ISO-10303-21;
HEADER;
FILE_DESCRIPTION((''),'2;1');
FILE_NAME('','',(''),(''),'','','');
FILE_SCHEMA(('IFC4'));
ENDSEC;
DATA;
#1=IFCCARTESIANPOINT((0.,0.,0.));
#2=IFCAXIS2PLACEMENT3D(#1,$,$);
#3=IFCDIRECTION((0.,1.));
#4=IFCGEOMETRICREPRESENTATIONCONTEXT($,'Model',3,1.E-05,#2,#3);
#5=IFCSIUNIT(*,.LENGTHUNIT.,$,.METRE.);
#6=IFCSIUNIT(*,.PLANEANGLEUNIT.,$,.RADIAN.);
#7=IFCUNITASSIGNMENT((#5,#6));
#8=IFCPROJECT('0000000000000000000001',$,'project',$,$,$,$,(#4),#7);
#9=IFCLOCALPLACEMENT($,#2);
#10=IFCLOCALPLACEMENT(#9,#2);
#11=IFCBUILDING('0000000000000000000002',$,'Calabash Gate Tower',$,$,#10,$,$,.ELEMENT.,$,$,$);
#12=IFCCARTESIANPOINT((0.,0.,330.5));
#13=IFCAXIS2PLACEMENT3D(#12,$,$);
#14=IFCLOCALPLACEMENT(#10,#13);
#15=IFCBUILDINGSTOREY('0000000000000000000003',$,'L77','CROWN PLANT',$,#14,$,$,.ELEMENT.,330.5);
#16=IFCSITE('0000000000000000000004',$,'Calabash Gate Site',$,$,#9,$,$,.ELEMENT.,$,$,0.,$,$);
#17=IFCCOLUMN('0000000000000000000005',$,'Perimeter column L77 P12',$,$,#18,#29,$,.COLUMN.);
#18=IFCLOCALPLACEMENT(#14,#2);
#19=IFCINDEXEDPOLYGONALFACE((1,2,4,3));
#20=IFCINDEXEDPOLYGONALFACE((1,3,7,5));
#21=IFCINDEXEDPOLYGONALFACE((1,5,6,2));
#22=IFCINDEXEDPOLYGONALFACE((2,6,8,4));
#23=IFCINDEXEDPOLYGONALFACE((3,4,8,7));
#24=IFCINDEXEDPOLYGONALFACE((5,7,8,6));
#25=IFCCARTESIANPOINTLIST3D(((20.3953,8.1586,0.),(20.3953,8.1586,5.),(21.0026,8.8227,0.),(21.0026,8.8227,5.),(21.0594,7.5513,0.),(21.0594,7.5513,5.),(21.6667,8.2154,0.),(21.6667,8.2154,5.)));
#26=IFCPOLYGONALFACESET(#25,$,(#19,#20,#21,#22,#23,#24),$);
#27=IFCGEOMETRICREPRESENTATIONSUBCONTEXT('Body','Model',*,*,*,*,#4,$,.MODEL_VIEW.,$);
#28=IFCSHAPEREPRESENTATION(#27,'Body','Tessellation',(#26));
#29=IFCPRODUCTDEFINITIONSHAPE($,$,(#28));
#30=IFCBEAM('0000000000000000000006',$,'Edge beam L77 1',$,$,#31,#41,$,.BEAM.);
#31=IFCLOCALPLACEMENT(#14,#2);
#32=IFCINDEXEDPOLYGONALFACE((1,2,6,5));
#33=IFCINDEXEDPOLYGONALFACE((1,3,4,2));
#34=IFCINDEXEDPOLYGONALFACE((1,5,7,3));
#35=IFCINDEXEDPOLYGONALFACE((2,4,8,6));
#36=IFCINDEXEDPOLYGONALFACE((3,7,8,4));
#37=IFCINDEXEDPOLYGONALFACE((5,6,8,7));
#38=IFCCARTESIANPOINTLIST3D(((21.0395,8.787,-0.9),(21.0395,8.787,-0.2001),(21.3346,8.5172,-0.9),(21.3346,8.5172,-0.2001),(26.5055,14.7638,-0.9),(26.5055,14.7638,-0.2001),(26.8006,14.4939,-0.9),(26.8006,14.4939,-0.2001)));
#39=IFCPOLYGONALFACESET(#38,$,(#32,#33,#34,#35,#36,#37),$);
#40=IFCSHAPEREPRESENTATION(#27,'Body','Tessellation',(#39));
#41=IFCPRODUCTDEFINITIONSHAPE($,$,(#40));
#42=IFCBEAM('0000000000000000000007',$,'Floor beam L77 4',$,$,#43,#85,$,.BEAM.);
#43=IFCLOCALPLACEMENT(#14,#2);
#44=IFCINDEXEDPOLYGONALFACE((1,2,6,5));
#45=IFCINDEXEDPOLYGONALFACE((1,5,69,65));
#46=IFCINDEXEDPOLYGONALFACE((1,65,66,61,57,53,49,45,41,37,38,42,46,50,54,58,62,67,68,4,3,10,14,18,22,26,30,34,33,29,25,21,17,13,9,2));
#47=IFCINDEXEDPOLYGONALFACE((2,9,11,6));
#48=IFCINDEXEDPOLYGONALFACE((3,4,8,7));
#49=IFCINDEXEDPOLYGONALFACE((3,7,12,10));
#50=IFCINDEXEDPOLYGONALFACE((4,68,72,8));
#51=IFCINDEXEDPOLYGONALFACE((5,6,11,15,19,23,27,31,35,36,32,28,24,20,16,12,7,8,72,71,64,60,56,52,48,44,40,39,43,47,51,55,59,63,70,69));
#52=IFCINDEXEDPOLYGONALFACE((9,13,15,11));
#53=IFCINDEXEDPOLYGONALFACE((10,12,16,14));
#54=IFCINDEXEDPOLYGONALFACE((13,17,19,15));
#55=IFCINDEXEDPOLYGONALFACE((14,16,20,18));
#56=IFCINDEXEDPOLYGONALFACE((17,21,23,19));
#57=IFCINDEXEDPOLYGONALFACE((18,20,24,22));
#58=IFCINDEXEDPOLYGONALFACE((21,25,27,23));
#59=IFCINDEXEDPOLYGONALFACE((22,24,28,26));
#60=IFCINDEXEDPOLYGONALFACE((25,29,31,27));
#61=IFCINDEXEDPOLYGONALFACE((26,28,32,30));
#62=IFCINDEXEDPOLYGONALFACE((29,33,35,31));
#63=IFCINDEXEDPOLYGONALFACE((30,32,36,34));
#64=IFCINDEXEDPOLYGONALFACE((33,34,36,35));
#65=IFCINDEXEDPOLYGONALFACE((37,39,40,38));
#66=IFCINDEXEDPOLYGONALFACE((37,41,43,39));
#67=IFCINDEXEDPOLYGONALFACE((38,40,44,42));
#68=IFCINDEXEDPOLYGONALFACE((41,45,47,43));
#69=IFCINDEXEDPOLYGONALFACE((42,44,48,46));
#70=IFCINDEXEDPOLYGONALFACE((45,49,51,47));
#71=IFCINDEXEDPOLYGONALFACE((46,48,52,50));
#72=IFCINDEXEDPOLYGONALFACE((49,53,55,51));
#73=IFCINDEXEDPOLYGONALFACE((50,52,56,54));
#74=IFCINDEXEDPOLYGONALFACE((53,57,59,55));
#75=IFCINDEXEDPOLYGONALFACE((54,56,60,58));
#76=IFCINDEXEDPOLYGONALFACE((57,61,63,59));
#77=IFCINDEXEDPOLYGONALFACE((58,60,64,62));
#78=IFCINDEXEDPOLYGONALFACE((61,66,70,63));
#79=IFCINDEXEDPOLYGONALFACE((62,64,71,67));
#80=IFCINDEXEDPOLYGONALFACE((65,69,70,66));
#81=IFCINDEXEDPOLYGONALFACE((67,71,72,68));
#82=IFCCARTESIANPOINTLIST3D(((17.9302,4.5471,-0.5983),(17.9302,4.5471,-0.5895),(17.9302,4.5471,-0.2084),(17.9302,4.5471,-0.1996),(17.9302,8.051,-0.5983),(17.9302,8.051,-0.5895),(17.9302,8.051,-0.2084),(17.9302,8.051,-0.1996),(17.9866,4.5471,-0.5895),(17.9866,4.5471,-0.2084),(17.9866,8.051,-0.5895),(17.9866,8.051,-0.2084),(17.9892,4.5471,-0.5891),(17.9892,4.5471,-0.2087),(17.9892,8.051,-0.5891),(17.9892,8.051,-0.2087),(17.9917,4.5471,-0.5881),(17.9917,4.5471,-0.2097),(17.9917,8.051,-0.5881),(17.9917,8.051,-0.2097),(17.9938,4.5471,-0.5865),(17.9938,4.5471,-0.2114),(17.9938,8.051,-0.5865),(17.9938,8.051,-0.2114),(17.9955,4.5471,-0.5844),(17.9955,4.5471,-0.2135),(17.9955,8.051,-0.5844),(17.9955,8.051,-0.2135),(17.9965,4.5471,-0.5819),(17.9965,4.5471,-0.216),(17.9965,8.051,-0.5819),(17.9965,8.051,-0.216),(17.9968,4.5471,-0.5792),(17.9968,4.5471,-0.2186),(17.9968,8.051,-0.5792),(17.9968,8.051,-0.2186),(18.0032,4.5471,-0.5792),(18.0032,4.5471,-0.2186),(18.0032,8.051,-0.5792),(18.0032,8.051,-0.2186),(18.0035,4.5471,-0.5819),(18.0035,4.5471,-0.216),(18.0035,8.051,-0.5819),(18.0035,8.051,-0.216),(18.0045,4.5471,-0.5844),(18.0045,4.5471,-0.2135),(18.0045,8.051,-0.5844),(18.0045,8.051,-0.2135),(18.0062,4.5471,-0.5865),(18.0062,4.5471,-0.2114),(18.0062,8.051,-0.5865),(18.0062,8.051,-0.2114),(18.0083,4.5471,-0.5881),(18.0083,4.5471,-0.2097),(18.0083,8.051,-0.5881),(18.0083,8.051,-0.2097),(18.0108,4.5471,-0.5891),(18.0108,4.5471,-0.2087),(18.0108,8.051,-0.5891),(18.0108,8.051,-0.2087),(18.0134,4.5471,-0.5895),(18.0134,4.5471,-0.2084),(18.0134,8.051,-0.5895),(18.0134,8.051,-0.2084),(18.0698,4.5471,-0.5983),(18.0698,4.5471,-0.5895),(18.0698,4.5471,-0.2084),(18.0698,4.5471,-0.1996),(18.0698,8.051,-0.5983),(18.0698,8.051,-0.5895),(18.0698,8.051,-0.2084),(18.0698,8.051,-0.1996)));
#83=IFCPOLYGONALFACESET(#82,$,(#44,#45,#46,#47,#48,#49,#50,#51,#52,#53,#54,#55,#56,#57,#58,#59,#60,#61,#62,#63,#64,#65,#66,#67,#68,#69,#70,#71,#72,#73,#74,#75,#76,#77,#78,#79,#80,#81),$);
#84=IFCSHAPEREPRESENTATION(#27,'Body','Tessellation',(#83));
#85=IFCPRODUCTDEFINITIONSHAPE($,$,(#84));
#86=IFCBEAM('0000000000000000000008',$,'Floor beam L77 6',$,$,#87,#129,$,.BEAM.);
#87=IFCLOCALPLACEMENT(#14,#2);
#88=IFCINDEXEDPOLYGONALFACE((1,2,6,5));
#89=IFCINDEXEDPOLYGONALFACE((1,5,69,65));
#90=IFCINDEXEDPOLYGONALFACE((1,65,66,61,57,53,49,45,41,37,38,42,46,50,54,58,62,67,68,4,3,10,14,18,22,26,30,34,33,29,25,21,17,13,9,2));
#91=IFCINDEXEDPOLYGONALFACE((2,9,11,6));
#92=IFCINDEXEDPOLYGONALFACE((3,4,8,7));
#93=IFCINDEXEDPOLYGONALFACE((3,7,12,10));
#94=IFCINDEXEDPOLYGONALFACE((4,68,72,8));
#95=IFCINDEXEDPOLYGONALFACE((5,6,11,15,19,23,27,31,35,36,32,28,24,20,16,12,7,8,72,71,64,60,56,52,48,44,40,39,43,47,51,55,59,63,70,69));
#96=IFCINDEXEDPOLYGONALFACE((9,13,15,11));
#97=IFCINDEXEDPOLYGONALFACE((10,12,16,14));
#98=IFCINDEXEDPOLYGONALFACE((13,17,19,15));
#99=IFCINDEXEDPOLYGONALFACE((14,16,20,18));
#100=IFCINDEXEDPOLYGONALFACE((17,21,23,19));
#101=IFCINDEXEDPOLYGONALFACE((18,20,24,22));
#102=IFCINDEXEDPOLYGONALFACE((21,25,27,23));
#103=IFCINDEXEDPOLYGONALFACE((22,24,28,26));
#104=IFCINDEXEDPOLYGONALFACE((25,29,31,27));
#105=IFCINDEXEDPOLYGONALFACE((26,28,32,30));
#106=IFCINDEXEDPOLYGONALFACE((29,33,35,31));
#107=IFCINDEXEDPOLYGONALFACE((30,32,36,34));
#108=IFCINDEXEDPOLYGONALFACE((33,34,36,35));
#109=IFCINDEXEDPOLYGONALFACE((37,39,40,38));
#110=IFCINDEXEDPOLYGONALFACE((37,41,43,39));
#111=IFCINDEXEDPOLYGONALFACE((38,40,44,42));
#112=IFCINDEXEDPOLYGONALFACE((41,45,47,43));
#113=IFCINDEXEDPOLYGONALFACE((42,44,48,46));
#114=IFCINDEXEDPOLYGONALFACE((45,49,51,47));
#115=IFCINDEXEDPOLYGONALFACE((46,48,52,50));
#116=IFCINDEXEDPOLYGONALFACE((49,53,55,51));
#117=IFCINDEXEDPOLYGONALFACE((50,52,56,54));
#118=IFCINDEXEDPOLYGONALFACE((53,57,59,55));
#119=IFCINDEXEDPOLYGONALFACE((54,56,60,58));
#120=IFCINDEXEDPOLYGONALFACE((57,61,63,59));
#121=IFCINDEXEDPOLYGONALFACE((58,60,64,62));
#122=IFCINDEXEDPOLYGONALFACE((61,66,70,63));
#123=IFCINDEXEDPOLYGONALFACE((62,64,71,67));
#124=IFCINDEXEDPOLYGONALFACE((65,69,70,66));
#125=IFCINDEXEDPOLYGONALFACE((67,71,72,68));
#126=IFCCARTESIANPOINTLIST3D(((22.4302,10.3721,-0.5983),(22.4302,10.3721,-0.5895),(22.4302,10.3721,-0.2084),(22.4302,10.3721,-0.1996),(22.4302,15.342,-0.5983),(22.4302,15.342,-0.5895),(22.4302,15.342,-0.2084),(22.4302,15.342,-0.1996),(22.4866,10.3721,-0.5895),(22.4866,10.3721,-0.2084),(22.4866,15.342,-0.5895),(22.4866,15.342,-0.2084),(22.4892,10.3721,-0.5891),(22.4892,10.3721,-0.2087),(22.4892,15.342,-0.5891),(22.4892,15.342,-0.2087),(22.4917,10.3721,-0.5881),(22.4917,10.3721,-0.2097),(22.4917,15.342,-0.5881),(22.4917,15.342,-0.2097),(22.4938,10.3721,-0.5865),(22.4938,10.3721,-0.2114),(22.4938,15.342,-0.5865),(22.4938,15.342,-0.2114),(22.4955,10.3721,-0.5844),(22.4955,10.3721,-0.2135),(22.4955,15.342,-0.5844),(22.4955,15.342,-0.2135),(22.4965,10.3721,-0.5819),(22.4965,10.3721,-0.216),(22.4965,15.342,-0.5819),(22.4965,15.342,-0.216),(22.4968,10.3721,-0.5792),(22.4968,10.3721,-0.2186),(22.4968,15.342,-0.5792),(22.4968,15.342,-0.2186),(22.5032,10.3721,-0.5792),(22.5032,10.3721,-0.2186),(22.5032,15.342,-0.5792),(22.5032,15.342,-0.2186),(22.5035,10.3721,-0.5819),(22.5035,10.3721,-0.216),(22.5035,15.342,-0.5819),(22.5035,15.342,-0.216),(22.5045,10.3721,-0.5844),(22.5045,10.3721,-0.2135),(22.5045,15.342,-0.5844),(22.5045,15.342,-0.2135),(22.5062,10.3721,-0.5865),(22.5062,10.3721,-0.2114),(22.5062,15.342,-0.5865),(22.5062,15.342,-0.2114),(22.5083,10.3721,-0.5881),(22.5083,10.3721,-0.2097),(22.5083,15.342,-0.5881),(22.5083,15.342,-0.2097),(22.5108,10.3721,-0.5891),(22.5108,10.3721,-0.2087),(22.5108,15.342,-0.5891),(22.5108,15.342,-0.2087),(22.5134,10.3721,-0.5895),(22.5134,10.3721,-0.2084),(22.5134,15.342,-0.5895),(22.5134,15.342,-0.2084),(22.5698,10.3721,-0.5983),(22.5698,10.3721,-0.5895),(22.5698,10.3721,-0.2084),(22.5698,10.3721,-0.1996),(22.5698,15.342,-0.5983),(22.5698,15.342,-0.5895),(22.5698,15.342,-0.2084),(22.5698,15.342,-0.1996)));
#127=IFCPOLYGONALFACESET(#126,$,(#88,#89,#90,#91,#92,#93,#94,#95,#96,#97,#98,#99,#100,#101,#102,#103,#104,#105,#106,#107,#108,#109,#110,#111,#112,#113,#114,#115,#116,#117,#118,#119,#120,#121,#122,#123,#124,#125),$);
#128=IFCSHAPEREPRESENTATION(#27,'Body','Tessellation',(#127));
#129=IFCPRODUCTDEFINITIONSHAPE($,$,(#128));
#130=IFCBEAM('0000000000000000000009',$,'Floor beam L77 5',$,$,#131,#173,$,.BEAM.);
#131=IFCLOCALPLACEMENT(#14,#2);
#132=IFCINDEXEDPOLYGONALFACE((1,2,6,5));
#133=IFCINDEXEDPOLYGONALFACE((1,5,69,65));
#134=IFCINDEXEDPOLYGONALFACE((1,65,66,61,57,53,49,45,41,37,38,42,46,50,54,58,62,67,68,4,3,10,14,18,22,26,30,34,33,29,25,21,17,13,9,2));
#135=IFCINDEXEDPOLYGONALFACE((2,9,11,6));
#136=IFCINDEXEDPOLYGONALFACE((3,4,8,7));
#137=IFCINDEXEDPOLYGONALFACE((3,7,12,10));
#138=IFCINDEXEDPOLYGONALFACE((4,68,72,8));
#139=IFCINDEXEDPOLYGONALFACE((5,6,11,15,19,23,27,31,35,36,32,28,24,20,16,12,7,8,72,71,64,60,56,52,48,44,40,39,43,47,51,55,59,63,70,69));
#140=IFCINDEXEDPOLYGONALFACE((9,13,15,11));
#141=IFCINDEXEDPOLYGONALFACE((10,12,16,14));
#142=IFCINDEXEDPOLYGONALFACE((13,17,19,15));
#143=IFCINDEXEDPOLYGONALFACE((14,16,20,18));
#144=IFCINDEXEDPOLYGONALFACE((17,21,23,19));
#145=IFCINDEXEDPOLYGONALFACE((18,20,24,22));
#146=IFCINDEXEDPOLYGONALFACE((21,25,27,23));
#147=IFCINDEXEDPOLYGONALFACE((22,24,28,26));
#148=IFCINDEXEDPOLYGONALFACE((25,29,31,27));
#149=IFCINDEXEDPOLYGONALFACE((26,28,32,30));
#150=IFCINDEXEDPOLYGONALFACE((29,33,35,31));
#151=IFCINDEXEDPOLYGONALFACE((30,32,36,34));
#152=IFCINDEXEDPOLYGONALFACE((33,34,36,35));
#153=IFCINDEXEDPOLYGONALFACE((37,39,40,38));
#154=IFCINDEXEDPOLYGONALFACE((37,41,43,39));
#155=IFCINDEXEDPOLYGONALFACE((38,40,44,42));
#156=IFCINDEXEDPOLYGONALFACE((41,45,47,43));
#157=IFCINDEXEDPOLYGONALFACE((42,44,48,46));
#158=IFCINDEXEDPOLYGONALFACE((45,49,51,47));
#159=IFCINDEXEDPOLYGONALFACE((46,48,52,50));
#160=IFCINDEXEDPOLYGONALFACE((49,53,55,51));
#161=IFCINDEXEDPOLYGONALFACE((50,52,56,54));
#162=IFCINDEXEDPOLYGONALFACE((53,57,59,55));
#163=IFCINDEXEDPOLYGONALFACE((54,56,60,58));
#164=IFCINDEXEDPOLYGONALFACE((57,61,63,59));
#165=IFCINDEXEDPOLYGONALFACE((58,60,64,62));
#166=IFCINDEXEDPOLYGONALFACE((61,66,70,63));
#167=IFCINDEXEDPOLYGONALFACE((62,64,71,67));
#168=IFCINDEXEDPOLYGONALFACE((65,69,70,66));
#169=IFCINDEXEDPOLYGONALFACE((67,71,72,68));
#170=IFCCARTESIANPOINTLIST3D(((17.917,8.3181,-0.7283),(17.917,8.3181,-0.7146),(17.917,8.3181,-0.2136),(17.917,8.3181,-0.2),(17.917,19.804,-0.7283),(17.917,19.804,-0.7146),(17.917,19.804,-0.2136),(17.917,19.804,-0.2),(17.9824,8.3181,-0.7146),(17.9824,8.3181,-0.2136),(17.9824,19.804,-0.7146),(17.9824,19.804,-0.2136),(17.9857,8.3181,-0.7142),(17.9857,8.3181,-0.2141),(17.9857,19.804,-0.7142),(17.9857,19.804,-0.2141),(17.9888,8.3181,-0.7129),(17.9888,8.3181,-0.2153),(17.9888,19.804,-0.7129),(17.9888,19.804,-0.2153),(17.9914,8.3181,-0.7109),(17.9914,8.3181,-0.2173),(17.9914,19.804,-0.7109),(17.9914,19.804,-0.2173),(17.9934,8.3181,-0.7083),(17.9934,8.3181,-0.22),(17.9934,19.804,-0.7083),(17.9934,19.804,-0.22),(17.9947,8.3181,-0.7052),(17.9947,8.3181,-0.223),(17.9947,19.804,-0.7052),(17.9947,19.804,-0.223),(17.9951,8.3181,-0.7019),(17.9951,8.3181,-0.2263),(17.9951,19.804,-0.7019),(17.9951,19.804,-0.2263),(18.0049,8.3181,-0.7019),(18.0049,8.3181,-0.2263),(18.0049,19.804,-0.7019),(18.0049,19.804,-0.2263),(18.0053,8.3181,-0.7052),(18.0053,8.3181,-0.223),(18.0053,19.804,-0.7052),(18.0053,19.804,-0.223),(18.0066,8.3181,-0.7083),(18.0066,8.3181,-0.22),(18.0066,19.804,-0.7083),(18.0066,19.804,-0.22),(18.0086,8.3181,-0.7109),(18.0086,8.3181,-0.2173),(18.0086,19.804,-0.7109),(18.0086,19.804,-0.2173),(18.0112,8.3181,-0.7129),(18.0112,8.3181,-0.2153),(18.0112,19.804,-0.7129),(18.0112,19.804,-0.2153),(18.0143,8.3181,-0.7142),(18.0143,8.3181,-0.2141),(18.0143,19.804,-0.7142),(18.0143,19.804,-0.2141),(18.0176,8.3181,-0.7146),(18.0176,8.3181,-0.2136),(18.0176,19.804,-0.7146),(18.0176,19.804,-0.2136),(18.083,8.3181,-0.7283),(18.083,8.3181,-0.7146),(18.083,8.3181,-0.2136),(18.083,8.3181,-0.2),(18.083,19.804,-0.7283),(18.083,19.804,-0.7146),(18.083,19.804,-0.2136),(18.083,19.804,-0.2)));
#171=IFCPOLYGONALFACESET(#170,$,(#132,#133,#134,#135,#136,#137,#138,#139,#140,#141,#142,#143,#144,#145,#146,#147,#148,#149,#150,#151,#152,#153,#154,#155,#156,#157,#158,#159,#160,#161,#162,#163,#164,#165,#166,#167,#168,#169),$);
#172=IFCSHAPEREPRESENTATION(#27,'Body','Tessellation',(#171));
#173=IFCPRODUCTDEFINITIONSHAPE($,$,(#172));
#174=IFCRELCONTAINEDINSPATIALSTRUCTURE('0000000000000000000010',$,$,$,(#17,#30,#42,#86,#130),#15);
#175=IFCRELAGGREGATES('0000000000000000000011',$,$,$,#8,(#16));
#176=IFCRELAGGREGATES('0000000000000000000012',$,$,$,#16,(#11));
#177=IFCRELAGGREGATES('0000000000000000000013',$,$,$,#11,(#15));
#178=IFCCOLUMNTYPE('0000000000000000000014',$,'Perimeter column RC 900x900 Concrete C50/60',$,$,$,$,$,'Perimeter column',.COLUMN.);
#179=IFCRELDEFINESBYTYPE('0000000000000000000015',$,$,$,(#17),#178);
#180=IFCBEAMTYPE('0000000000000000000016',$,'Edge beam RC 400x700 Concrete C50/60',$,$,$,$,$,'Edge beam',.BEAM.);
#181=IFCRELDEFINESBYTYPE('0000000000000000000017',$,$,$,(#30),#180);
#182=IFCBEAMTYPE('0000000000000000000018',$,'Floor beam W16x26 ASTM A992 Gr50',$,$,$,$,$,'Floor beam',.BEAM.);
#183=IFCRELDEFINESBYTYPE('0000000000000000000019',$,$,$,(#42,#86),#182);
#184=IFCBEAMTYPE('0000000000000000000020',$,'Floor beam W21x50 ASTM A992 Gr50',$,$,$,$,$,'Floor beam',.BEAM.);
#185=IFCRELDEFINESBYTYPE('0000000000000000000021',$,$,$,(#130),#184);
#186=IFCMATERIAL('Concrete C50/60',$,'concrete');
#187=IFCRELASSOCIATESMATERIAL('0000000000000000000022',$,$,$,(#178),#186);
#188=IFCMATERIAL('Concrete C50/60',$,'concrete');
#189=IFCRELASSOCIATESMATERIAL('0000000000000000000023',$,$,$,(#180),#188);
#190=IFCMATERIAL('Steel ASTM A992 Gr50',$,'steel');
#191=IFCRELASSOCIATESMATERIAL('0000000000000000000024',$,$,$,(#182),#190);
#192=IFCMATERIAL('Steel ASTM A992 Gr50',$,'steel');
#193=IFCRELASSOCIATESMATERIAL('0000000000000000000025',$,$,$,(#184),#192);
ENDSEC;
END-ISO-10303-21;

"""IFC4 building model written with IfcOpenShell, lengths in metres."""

from ifc_helpers import new_model, si_unit, direction, frame, origin, origin_2d, place, context, subcontext, project, spatial, rectangle, i_section, extrude, material, material_profile, profile_set, type_object, element, save


model = new_model("IFC4")

# Units and contexts
model_context = context("Model", 3, precision=1e-05, world=origin(), true_north=direction((0.0, 1.0)))
body_context = subcontext(model_context, "Body", "Model", "MODEL_VIEW")
ifc_project = project(units=[si_unit("LENGTHUNIT", "METRE"), si_unit("PLANEANGLEUNIT", "RADIAN")], contexts=[model_context])

# Site, building, storey
site_placement = place(None, origin())
site = spatial("IfcSite", under=ifc_project, at=site_placement, Name="Calabash Gate Site", CompositionType="ELEMENT", RefElevation=0.0)
building_placement = place(site_placement, origin())
building = spatial("IfcBuilding", under=site, at=building_placement, Name="Calabash Gate Tower", CompositionType="ELEMENT")
storey_placement = place(building_placement, frame((0.0, 0.0, 330.5)))
storey = spatial("IfcBuildingStorey", under=building, at=storey_placement, Name="L77", Description="CROWN PLANT", CompositionType="ELEMENT", Elevation=330.5)

# Column
ifc_material_1 = material(Name="Concrete C50/60", Category="concrete")
ifc_material_profile_1 = material_profile(ifc_material_1, rectangle(XDim=0.8999, YDim=0.8999, at=origin_2d()))
ifc_profile_set_1 = profile_set([ifc_material_profile_1], Name="Concrete C50/60")
column_type = type_object("IfcColumnType", Name="Perimeter column RC 900x900 Concrete C50/60", ElementType="Perimeter column", PredefinedType="COLUMN", material=ifc_profile_set_1)
column_placement = place(storey_placement, frame((21.031, 8.187, 0.0), z_axis=(0.0, 0.0, 1.0), x_axis=(0.674856, 0.737949, 0.0)))
element("IfcColumn", 1, at=column_placement, inside=storey, type_object=column_type, Name="Perimeter column L77 P12", PredefinedType="COLUMN", context=body_context, shape_type="SweptSolid", body=[
    extrude(rectangle(XDim=0.8999, YDim=0.8999, at=origin_2d()), origin(), (0.0, 0.0, 1.0), 5.0),
])

# Beams
ifc_material_2 = material(Name="Concrete C50/60", Category="concrete")
ifc_material_profile_2 = material_profile(ifc_material_2, rectangle(XDim=0.3999, YDim=0.7, at=origin_2d()))
ifc_profile_set_2 = profile_set([ifc_material_profile_2], Name="Concrete C50/60")
beam_type_1 = type_object("IfcBeamType", Name="Edge beam RC 400x700 Concrete C50/60", ElementType="Edge beam", PredefinedType="BEAM", material=ifc_profile_set_2)
beam_1_placement = place(storey_placement, frame((21.187, 8.6521, -0.55), z_axis=(0.674874, 0.737933, 0.0), x_axis=(-0.737933, 0.674874, 0.0)))
element("IfcBeam", 2, at=beam_1_placement, inside=storey, type_object=beam_type_1, Name="Edge beam L77 1", PredefinedType="BEAM", context=body_context, shape_type="SweptSolid", body=[
    extrude(rectangle(XDim=0.3999, YDim=0.7, at=origin_2d()), origin(), (0.0, 0.0, 1.0), 8.0994),
])
ifc_material_3 = material(Name="Steel ASTM A992 Gr50", Category="steel")
ifc_material_profile_3 = material_profile(ifc_material_3, i_section(OverallWidth=0.1396, OverallDepth=0.3987, WebThickness=0.0063, FlangeThickness=0.0088, FilletRadius=0.0103, at=origin_2d()))
ifc_profile_set_3 = profile_set([ifc_material_profile_3], Name="Steel ASTM A992 Gr50")
beam_type_2 = type_object("IfcBeamType", Name="Floor beam W16x26 ASTM A992 Gr50", ElementType="Floor beam", PredefinedType="BEAM", material=ifc_profile_set_3)
beam_2_placement = place(storey_placement, frame((18.0, 4.5471, -0.3989), z_axis=(0.0, 1.0, 0.0), x_axis=(-1.0, 0.0, 0.0)))
element("IfcBeam", 3, at=beam_2_placement, inside=storey, type_object=beam_type_2, Name="Floor beam L77 4", PredefinedType="BEAM", context=body_context, shape_type="SweptSolid", body=[
    extrude(i_section(OverallWidth=0.1396, OverallDepth=0.3987, WebThickness=0.0063, FlangeThickness=0.0088, FilletRadius=0.0103, at=origin_2d()), origin(), (0.0, 0.0, 1.0), 3.5039),
])
beam_3_placement = place(storey_placement, frame((22.5, 10.3721, -0.3989), z_axis=(0.0, 1.0, 0.0), x_axis=(-1.0, 0.0, 0.0)))
element("IfcBeam", 4, at=beam_3_placement, inside=storey, type_object=beam_type_2, Name="Floor beam L77 6", PredefinedType="BEAM", context=body_context, shape_type="SweptSolid", body=[
    extrude(i_section(OverallWidth=0.1396, OverallDepth=0.3987, WebThickness=0.0063, FlangeThickness=0.0088, FilletRadius=0.0103, at=origin_2d()), origin(), (0.0, 0.0, 1.0), 4.97),
])
ifc_material_4 = material(Name="Steel ASTM A992 Gr50", Category="steel")
ifc_material_profile_4 = material_profile(ifc_material_4, i_section(OverallWidth=0.166, OverallDepth=0.5283, WebThickness=0.0098, FlangeThickness=0.0137, FilletRadius=0.0127, at=origin_2d()))
ifc_profile_set_4 = profile_set([ifc_material_profile_4], Name="Steel ASTM A992 Gr50")
beam_type_3 = type_object("IfcBeamType", Name="Floor beam W21x50 ASTM A992 Gr50", ElementType="Floor beam", PredefinedType="BEAM", material=ifc_profile_set_4)
beam_4_placement = place(storey_placement, frame((18.0, 8.3181, -0.4641), z_axis=(0.0, 1.0, 0.0), x_axis=(-1.0, 0.0, 0.0)))
element("IfcBeam", 5, at=beam_4_placement, inside=storey, type_object=beam_type_3, Name="Floor beam L77 5", PredefinedType="BEAM", context=body_context, shape_type="SweptSolid", body=[
    extrude(i_section(OverallWidth=0.166, OverallDepth=0.5283, WebThickness=0.0098, FlangeThickness=0.0137, FilletRadius=0.0127, at=origin_2d()), origin(), (0.0, 0.0, 1.0), 11.4858),
])

save(model, "model.ifc")
